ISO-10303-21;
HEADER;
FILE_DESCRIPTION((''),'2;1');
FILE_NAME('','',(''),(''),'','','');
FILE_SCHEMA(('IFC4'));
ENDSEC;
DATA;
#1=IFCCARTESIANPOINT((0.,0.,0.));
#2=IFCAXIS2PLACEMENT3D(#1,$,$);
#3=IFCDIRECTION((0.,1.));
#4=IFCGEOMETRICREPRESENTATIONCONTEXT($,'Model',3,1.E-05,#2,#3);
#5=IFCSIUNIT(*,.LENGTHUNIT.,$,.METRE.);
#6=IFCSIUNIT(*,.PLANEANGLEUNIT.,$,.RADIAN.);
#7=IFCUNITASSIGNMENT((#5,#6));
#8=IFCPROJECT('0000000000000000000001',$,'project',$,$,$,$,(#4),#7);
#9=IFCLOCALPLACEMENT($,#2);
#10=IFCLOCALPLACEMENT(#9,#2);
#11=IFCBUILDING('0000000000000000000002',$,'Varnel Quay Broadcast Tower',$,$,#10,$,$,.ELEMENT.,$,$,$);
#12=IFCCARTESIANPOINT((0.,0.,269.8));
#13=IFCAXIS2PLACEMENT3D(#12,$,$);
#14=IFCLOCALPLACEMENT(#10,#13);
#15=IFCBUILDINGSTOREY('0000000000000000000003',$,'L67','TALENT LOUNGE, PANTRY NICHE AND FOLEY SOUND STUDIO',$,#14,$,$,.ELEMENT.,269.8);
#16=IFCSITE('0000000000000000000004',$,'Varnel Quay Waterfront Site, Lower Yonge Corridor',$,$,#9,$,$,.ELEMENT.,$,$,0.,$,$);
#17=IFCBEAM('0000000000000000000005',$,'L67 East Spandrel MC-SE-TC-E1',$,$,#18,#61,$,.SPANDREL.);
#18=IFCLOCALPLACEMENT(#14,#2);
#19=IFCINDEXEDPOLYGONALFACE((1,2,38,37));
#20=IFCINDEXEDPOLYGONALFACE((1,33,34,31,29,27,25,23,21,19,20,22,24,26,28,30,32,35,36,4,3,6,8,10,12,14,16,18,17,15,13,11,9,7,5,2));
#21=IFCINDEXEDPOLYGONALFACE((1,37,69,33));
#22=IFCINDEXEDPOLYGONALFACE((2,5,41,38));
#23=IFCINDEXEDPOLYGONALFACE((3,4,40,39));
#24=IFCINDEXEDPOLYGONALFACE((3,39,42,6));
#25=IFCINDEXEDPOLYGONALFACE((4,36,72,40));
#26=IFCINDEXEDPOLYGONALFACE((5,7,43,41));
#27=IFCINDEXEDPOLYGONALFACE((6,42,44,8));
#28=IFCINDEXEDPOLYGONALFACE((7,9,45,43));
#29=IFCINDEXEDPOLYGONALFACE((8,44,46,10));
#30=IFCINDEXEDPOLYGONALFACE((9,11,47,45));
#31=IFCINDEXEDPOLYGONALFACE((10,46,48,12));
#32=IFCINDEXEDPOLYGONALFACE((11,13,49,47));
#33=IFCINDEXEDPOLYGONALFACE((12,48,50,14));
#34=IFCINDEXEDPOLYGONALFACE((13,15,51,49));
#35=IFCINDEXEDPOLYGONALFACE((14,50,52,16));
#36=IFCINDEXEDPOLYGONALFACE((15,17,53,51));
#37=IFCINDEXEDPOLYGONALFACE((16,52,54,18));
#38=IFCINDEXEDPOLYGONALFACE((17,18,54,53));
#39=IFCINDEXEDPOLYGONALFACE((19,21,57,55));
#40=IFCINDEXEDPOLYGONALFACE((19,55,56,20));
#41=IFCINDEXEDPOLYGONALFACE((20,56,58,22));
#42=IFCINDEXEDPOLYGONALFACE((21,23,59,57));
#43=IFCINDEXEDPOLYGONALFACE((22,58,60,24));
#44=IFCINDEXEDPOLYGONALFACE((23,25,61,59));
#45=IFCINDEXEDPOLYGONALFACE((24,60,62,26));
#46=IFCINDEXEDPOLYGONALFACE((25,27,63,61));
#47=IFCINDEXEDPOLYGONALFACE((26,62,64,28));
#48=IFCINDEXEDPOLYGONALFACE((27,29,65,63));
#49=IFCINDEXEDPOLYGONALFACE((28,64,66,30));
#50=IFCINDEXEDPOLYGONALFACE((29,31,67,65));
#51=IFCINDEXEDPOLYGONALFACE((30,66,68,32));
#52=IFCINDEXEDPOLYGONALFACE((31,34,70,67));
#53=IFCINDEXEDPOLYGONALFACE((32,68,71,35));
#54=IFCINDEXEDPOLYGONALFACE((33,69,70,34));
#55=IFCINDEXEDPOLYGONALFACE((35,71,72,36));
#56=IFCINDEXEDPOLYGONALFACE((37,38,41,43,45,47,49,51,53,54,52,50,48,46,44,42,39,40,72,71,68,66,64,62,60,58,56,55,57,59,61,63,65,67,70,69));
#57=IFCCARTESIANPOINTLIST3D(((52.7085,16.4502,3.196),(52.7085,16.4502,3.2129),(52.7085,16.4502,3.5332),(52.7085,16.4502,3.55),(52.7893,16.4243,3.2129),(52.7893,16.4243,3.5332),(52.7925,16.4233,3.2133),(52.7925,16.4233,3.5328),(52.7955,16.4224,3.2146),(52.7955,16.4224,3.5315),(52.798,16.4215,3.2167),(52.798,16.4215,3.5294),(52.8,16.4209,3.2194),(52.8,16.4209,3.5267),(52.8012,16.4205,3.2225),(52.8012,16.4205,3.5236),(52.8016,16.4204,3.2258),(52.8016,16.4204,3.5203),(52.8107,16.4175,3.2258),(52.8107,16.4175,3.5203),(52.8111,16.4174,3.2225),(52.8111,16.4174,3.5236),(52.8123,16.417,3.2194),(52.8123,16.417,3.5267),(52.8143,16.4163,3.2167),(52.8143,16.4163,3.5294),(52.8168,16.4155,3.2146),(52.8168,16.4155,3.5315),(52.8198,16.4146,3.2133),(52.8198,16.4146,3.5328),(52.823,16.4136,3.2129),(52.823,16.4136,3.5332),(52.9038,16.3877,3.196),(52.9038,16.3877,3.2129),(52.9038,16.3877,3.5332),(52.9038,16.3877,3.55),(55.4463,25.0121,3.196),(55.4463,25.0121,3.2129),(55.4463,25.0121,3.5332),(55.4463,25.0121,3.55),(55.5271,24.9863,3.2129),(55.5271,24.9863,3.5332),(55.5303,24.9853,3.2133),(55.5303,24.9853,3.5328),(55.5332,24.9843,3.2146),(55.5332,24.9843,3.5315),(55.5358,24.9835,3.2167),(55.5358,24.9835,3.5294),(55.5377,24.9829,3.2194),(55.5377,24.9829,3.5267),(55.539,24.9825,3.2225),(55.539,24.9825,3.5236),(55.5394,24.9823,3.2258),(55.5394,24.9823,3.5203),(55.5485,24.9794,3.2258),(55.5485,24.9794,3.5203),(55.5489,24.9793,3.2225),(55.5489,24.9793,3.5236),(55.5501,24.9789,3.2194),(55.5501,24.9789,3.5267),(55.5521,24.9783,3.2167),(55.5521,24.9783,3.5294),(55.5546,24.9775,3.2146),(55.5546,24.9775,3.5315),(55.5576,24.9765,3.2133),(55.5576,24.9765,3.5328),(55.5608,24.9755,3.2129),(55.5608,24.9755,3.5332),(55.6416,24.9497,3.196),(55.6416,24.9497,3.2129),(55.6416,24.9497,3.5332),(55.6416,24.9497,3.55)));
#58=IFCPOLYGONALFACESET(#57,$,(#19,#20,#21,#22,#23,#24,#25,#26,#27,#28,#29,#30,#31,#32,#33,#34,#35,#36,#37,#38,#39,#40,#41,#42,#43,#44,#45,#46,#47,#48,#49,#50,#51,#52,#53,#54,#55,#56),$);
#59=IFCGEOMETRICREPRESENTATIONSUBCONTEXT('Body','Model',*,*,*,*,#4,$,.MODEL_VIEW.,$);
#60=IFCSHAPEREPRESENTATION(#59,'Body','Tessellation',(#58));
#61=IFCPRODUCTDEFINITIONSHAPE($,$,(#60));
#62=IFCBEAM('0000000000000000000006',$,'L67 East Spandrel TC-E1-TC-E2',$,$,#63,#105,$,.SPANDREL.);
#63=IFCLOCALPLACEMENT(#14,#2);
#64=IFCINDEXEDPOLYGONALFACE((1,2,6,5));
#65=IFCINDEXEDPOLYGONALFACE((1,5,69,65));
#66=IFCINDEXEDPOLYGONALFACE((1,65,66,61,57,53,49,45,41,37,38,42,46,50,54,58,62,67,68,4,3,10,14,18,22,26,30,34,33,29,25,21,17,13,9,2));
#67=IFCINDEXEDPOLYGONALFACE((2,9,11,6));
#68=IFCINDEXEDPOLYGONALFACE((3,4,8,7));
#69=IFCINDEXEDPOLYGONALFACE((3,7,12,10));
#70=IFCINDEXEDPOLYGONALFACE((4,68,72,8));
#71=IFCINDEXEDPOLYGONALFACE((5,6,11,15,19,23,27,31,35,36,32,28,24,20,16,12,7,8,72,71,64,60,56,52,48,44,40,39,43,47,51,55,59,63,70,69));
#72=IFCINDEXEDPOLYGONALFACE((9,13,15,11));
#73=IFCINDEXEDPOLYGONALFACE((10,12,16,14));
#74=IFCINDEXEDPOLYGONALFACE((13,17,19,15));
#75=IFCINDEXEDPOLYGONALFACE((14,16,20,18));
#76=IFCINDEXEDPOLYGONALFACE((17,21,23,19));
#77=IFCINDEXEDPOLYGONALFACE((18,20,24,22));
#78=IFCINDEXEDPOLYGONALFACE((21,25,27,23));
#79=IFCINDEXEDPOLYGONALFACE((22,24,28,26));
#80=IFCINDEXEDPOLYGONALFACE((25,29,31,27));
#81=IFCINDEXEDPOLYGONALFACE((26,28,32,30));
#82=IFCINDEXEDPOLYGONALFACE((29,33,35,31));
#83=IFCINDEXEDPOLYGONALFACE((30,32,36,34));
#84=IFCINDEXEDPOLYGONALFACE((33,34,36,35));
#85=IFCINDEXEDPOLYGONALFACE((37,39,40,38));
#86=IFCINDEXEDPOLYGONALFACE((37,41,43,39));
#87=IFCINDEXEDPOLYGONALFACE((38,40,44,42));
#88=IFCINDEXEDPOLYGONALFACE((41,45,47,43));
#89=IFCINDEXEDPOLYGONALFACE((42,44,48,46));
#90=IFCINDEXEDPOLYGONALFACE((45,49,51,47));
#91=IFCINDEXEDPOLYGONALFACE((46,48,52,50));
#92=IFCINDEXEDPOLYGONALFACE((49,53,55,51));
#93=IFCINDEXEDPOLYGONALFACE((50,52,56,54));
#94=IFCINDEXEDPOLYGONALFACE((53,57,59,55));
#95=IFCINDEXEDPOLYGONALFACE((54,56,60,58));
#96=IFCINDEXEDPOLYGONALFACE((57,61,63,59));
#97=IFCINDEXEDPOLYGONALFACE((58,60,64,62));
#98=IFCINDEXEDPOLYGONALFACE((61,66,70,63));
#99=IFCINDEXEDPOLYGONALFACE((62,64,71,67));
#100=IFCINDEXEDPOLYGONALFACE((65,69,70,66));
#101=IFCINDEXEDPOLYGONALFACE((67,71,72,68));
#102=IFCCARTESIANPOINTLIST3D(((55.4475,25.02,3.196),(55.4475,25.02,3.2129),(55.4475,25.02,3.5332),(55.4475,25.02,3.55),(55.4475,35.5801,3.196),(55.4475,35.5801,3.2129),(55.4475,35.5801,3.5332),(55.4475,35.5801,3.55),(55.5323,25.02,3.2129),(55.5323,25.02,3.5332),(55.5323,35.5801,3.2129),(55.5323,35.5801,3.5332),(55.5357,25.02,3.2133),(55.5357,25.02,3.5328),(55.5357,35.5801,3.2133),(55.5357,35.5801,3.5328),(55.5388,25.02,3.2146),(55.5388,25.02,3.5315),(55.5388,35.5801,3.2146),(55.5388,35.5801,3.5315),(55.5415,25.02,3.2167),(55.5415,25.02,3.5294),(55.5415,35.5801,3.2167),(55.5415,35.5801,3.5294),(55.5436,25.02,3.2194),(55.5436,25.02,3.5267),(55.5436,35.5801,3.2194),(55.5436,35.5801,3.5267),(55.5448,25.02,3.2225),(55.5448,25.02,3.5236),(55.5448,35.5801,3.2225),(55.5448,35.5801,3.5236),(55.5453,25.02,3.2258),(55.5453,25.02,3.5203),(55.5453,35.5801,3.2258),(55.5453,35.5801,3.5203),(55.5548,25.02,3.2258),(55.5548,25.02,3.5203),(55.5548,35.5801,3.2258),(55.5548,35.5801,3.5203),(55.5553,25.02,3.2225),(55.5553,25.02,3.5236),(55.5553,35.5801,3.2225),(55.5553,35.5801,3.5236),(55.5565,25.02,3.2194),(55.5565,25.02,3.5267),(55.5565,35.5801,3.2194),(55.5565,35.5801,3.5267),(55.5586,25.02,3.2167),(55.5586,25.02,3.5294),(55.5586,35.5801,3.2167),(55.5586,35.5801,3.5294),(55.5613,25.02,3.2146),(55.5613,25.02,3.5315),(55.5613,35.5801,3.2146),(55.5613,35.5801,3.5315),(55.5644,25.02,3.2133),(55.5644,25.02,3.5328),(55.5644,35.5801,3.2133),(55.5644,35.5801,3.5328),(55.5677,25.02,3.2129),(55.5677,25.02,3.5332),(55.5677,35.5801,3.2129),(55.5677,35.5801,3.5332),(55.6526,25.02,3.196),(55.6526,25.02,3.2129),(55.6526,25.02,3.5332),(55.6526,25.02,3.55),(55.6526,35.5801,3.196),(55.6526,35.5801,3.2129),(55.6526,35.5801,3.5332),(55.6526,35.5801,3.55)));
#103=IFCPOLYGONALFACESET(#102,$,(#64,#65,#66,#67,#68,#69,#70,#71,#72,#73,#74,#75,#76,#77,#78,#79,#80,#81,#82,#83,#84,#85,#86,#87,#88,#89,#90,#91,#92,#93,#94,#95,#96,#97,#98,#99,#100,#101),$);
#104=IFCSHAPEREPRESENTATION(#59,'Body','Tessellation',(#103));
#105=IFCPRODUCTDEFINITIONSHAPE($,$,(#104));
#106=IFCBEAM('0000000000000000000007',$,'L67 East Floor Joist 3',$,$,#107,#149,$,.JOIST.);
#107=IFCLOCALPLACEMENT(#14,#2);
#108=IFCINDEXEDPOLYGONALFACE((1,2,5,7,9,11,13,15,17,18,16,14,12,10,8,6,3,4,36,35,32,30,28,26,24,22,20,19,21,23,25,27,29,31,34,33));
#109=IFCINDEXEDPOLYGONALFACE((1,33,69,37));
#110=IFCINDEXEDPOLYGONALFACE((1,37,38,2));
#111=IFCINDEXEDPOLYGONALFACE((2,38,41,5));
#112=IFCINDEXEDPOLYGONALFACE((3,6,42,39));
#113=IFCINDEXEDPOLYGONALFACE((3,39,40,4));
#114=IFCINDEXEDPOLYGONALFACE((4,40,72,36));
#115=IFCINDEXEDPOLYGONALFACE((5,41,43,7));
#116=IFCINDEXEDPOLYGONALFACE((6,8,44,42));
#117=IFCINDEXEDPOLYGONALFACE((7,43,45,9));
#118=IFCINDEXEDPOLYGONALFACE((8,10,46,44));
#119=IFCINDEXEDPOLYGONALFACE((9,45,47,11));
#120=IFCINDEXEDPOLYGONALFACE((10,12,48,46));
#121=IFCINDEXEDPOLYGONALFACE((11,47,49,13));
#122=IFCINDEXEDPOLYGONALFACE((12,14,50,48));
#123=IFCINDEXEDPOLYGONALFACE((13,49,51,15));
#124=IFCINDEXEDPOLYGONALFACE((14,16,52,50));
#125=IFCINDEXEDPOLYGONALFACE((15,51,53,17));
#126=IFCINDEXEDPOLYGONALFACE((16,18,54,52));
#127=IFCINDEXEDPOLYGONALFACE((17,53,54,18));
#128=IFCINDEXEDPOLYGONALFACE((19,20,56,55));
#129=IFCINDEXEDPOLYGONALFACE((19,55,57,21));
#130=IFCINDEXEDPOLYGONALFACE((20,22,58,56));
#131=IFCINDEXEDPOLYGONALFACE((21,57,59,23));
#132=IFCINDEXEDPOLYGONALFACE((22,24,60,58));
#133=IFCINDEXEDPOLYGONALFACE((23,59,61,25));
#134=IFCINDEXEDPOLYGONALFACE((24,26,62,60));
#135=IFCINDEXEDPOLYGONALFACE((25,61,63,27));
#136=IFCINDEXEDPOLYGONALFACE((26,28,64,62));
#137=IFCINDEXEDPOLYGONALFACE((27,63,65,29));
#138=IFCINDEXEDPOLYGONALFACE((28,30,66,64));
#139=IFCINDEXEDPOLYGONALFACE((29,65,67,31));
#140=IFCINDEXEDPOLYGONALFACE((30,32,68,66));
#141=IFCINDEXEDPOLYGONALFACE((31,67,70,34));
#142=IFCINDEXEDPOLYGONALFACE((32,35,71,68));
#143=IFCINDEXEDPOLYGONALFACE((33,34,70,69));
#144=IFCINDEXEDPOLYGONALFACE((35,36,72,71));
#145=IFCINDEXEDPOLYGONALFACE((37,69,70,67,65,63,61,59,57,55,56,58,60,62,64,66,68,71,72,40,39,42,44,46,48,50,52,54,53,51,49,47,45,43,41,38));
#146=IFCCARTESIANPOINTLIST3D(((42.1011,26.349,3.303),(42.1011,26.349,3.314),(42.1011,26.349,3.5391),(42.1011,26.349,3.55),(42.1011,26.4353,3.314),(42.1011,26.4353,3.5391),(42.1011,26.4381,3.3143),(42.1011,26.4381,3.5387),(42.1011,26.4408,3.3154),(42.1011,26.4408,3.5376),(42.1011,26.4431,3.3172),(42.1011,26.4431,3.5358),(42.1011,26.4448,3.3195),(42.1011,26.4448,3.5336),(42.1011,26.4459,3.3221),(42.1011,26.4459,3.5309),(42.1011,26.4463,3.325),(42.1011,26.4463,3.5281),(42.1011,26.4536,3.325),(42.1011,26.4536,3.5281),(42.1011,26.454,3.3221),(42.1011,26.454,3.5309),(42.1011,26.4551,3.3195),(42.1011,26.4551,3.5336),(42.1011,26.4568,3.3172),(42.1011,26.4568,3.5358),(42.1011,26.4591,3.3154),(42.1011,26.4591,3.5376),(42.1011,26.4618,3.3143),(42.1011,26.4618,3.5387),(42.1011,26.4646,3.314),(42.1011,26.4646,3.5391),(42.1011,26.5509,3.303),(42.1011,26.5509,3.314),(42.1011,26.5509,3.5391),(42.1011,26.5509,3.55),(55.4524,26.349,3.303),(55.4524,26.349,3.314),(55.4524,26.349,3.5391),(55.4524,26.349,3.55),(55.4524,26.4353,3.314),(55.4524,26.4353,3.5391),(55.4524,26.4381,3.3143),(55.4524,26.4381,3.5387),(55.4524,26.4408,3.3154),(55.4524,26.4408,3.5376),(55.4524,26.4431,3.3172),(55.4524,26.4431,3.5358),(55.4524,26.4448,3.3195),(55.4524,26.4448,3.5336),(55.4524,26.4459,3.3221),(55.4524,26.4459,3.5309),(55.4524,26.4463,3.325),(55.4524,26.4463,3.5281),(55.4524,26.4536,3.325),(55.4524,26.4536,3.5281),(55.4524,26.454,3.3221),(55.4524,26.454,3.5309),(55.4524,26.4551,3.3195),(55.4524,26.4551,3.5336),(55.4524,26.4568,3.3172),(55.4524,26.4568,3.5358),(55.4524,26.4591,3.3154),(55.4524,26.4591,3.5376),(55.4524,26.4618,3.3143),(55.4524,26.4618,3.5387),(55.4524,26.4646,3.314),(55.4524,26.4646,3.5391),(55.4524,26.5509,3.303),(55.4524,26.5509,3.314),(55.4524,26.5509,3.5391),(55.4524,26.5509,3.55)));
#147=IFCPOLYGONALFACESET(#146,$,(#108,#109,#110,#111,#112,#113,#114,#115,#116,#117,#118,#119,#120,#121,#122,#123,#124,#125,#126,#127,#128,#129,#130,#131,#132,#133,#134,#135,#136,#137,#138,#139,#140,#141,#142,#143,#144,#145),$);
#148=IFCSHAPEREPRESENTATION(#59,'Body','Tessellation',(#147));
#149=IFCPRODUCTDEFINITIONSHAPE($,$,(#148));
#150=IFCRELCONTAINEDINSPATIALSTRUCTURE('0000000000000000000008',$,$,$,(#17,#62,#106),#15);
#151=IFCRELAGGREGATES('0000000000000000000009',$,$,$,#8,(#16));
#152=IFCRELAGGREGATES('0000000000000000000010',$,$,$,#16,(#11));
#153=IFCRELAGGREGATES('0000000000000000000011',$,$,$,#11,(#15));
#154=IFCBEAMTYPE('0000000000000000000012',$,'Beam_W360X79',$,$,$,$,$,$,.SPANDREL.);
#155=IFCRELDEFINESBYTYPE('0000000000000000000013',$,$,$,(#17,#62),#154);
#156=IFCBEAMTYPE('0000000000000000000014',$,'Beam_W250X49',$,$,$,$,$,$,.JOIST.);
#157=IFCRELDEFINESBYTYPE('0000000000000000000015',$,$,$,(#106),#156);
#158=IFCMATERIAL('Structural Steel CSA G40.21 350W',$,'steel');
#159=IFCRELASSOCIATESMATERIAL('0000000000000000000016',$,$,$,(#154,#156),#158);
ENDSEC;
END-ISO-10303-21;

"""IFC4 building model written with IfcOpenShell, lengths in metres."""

from ifc_helpers import new_model, si_unit, direction, frame, origin, origin_2d, place, context, subcontext, project, spatial, i_section, extrude, source, transform, mapped, material, material_profile, profile_set, type_object, type_shapes, element, save


model = new_model("IFC4")

# Units and contexts
model_context = context("Model", 3, precision=1e-05, world=origin(), true_north=direction((0.0, 1.0)))
body_context = subcontext(model_context, "Body", "Model", "MODEL_VIEW")
ifc_project = project(units=[si_unit("LENGTHUNIT", "METRE"), si_unit("PLANEANGLEUNIT", "RADIAN")], contexts=[model_context])

# Site, building, storey
site_placement = place(None, origin())
site = spatial("IfcSite", under=ifc_project, at=site_placement, Name="Varnel Quay Waterfront Site, Lower Yonge Corridor", CompositionType="ELEMENT", RefElevation=0.0)
building_placement = place(site_placement, origin())
building = spatial("IfcBuilding", under=site, at=building_placement, Name="Varnel Quay Broadcast Tower", CompositionType="ELEMENT")
storey_placement = place(building_placement, frame((0.0, 0.0, 269.8)))
storey = spatial("IfcBuildingStorey", under=building, at=storey_placement, Name="L67", Description="TALENT LOUNGE, PANTRY NICHE AND FOLEY SOUND STUDIO", CompositionType="ELEMENT", Elevation=269.8)

# Shared definitions
ifc_material_1 = material(Name="Structural Steel CSA G40.21 350W", Category="steel")

# Beams
ifc_material_profile_1 = material_profile(ifc_material_1, i_section(OverallWidth=0.2051, OverallDepth=0.354, WebThickness=0.0095, FlangeThickness=0.0168, FilletRadius=0.0129, at=origin_2d()), Name="W360X79")
ifc_profile_set_1 = profile_set([ifc_material_profile_1], Name="Structural Steel CSA G40.21 350W")
beam_type_1 = type_object("IfcBeamType", Name="Beam_W360X79", PredefinedType="SPANDREL", material=ifc_profile_set_1)
shared_shape_1 = source(origin(), body_context, "Body", "SweptSolid", [
    extrude(i_section(OverallWidth=0.2051, OverallDepth=0.354, WebThickness=0.0095, FlangeThickness=0.0168, FilletRadius=0.0129, at=origin_2d()), origin(), (0.0, 0.0, 1.0), 8.989),
])
beam_1_placement = place(storey_placement, frame((52.8062, 16.4189, 3.373), z_axis=(0.304569, 0.95249, 0.0), x_axis=(-0.95249, 0.304569, 0.0)))
element("IfcBeam", 1, at=beam_1_placement, inside=storey, type_object=beam_type_1, Name="L67 East Spandrel MC-SE-TC-E1", PredefinedType="SPANDREL", context=body_context, shape_type="MappedRepresentation", body=[
    mapped(shared_shape_1, transform((0.0, 0.0, 0.0), x_axis=(1.0, 0.0, 0.0), y_axis=(0.0, 1.0, 0.0), z_axis=(0.0, 0.0, 1.0), scale=1.0)),
])
shared_shape_2 = source(origin(), body_context, "Body", "SweptSolid", [
    extrude(i_section(OverallWidth=0.2051, OverallDepth=0.354, WebThickness=0.0095, FlangeThickness=0.0168, FilletRadius=0.0129, at=origin_2d()), origin(), (0.0, 0.0, 1.0), 10.5601),
])
beam_2_placement = place(storey_placement, frame((55.55, 25.02, 3.373), z_axis=(0.0, 1.0, 0.0), x_axis=(-1.0, 0.0, 0.0)))
element("IfcBeam", 2, at=beam_2_placement, inside=storey, type_object=beam_type_1, Name="L67 East Spandrel TC-E1-TC-E2", PredefinedType="SPANDREL", context=body_context, shape_type="MappedRepresentation", body=[
    mapped(shared_shape_2, transform((0.0, 0.0, 0.0), x_axis=(1.0, 0.0, 0.0), y_axis=(0.0, 1.0, 0.0), z_axis=(0.0, 0.0, 1.0), scale=1.0)),
])
ifc_material_profile_2 = material_profile(ifc_material_1, i_section(OverallWidth=0.2019, OverallDepth=0.2471, WebThickness=0.0073, FlangeThickness=0.011, FilletRadius=0.011, at=origin_2d()), Name="W250X49")
ifc_profile_set_2 = profile_set([ifc_material_profile_2], Name="Structural Steel CSA G40.21 350W")
beam_type_2 = type_object("IfcBeamType", Name="Beam_W250X49", PredefinedType="JOIST", material=ifc_profile_set_2)
shared_shape_3 = source(origin(), body_context, "Body", "SweptSolid", [
    extrude(i_section(OverallWidth=0.2019, OverallDepth=0.2471, WebThickness=0.0073, FlangeThickness=0.011, FilletRadius=0.011, at=origin_2d()), origin(), (0.0, 0.0, 1.0), 13.3513),
])
type_shapes(beam_type_2, [shared_shape_3])
beam_3_placement = place(storey_placement, frame((42.1011, 26.45, 3.4265), z_axis=(1.0, 0.0, 0.0), x_axis=(0.0, 1.0, 0.0)))
element("IfcBeam", 3, at=beam_3_placement, inside=storey, type_object=beam_type_2, Name="L67 East Floor Joist 3", PredefinedType="JOIST", context=body_context, shape_type="MappedRepresentation", body=[
    mapped(shared_shape_3, transform((0.0, 0.0, 0.0), x_axis=(1.0, 0.0, 0.0), y_axis=(0.0, 1.0, 0.0), z_axis=(0.0, 0.0, 1.0), scale=1.0)),
])

save(model, "model.ifc")
